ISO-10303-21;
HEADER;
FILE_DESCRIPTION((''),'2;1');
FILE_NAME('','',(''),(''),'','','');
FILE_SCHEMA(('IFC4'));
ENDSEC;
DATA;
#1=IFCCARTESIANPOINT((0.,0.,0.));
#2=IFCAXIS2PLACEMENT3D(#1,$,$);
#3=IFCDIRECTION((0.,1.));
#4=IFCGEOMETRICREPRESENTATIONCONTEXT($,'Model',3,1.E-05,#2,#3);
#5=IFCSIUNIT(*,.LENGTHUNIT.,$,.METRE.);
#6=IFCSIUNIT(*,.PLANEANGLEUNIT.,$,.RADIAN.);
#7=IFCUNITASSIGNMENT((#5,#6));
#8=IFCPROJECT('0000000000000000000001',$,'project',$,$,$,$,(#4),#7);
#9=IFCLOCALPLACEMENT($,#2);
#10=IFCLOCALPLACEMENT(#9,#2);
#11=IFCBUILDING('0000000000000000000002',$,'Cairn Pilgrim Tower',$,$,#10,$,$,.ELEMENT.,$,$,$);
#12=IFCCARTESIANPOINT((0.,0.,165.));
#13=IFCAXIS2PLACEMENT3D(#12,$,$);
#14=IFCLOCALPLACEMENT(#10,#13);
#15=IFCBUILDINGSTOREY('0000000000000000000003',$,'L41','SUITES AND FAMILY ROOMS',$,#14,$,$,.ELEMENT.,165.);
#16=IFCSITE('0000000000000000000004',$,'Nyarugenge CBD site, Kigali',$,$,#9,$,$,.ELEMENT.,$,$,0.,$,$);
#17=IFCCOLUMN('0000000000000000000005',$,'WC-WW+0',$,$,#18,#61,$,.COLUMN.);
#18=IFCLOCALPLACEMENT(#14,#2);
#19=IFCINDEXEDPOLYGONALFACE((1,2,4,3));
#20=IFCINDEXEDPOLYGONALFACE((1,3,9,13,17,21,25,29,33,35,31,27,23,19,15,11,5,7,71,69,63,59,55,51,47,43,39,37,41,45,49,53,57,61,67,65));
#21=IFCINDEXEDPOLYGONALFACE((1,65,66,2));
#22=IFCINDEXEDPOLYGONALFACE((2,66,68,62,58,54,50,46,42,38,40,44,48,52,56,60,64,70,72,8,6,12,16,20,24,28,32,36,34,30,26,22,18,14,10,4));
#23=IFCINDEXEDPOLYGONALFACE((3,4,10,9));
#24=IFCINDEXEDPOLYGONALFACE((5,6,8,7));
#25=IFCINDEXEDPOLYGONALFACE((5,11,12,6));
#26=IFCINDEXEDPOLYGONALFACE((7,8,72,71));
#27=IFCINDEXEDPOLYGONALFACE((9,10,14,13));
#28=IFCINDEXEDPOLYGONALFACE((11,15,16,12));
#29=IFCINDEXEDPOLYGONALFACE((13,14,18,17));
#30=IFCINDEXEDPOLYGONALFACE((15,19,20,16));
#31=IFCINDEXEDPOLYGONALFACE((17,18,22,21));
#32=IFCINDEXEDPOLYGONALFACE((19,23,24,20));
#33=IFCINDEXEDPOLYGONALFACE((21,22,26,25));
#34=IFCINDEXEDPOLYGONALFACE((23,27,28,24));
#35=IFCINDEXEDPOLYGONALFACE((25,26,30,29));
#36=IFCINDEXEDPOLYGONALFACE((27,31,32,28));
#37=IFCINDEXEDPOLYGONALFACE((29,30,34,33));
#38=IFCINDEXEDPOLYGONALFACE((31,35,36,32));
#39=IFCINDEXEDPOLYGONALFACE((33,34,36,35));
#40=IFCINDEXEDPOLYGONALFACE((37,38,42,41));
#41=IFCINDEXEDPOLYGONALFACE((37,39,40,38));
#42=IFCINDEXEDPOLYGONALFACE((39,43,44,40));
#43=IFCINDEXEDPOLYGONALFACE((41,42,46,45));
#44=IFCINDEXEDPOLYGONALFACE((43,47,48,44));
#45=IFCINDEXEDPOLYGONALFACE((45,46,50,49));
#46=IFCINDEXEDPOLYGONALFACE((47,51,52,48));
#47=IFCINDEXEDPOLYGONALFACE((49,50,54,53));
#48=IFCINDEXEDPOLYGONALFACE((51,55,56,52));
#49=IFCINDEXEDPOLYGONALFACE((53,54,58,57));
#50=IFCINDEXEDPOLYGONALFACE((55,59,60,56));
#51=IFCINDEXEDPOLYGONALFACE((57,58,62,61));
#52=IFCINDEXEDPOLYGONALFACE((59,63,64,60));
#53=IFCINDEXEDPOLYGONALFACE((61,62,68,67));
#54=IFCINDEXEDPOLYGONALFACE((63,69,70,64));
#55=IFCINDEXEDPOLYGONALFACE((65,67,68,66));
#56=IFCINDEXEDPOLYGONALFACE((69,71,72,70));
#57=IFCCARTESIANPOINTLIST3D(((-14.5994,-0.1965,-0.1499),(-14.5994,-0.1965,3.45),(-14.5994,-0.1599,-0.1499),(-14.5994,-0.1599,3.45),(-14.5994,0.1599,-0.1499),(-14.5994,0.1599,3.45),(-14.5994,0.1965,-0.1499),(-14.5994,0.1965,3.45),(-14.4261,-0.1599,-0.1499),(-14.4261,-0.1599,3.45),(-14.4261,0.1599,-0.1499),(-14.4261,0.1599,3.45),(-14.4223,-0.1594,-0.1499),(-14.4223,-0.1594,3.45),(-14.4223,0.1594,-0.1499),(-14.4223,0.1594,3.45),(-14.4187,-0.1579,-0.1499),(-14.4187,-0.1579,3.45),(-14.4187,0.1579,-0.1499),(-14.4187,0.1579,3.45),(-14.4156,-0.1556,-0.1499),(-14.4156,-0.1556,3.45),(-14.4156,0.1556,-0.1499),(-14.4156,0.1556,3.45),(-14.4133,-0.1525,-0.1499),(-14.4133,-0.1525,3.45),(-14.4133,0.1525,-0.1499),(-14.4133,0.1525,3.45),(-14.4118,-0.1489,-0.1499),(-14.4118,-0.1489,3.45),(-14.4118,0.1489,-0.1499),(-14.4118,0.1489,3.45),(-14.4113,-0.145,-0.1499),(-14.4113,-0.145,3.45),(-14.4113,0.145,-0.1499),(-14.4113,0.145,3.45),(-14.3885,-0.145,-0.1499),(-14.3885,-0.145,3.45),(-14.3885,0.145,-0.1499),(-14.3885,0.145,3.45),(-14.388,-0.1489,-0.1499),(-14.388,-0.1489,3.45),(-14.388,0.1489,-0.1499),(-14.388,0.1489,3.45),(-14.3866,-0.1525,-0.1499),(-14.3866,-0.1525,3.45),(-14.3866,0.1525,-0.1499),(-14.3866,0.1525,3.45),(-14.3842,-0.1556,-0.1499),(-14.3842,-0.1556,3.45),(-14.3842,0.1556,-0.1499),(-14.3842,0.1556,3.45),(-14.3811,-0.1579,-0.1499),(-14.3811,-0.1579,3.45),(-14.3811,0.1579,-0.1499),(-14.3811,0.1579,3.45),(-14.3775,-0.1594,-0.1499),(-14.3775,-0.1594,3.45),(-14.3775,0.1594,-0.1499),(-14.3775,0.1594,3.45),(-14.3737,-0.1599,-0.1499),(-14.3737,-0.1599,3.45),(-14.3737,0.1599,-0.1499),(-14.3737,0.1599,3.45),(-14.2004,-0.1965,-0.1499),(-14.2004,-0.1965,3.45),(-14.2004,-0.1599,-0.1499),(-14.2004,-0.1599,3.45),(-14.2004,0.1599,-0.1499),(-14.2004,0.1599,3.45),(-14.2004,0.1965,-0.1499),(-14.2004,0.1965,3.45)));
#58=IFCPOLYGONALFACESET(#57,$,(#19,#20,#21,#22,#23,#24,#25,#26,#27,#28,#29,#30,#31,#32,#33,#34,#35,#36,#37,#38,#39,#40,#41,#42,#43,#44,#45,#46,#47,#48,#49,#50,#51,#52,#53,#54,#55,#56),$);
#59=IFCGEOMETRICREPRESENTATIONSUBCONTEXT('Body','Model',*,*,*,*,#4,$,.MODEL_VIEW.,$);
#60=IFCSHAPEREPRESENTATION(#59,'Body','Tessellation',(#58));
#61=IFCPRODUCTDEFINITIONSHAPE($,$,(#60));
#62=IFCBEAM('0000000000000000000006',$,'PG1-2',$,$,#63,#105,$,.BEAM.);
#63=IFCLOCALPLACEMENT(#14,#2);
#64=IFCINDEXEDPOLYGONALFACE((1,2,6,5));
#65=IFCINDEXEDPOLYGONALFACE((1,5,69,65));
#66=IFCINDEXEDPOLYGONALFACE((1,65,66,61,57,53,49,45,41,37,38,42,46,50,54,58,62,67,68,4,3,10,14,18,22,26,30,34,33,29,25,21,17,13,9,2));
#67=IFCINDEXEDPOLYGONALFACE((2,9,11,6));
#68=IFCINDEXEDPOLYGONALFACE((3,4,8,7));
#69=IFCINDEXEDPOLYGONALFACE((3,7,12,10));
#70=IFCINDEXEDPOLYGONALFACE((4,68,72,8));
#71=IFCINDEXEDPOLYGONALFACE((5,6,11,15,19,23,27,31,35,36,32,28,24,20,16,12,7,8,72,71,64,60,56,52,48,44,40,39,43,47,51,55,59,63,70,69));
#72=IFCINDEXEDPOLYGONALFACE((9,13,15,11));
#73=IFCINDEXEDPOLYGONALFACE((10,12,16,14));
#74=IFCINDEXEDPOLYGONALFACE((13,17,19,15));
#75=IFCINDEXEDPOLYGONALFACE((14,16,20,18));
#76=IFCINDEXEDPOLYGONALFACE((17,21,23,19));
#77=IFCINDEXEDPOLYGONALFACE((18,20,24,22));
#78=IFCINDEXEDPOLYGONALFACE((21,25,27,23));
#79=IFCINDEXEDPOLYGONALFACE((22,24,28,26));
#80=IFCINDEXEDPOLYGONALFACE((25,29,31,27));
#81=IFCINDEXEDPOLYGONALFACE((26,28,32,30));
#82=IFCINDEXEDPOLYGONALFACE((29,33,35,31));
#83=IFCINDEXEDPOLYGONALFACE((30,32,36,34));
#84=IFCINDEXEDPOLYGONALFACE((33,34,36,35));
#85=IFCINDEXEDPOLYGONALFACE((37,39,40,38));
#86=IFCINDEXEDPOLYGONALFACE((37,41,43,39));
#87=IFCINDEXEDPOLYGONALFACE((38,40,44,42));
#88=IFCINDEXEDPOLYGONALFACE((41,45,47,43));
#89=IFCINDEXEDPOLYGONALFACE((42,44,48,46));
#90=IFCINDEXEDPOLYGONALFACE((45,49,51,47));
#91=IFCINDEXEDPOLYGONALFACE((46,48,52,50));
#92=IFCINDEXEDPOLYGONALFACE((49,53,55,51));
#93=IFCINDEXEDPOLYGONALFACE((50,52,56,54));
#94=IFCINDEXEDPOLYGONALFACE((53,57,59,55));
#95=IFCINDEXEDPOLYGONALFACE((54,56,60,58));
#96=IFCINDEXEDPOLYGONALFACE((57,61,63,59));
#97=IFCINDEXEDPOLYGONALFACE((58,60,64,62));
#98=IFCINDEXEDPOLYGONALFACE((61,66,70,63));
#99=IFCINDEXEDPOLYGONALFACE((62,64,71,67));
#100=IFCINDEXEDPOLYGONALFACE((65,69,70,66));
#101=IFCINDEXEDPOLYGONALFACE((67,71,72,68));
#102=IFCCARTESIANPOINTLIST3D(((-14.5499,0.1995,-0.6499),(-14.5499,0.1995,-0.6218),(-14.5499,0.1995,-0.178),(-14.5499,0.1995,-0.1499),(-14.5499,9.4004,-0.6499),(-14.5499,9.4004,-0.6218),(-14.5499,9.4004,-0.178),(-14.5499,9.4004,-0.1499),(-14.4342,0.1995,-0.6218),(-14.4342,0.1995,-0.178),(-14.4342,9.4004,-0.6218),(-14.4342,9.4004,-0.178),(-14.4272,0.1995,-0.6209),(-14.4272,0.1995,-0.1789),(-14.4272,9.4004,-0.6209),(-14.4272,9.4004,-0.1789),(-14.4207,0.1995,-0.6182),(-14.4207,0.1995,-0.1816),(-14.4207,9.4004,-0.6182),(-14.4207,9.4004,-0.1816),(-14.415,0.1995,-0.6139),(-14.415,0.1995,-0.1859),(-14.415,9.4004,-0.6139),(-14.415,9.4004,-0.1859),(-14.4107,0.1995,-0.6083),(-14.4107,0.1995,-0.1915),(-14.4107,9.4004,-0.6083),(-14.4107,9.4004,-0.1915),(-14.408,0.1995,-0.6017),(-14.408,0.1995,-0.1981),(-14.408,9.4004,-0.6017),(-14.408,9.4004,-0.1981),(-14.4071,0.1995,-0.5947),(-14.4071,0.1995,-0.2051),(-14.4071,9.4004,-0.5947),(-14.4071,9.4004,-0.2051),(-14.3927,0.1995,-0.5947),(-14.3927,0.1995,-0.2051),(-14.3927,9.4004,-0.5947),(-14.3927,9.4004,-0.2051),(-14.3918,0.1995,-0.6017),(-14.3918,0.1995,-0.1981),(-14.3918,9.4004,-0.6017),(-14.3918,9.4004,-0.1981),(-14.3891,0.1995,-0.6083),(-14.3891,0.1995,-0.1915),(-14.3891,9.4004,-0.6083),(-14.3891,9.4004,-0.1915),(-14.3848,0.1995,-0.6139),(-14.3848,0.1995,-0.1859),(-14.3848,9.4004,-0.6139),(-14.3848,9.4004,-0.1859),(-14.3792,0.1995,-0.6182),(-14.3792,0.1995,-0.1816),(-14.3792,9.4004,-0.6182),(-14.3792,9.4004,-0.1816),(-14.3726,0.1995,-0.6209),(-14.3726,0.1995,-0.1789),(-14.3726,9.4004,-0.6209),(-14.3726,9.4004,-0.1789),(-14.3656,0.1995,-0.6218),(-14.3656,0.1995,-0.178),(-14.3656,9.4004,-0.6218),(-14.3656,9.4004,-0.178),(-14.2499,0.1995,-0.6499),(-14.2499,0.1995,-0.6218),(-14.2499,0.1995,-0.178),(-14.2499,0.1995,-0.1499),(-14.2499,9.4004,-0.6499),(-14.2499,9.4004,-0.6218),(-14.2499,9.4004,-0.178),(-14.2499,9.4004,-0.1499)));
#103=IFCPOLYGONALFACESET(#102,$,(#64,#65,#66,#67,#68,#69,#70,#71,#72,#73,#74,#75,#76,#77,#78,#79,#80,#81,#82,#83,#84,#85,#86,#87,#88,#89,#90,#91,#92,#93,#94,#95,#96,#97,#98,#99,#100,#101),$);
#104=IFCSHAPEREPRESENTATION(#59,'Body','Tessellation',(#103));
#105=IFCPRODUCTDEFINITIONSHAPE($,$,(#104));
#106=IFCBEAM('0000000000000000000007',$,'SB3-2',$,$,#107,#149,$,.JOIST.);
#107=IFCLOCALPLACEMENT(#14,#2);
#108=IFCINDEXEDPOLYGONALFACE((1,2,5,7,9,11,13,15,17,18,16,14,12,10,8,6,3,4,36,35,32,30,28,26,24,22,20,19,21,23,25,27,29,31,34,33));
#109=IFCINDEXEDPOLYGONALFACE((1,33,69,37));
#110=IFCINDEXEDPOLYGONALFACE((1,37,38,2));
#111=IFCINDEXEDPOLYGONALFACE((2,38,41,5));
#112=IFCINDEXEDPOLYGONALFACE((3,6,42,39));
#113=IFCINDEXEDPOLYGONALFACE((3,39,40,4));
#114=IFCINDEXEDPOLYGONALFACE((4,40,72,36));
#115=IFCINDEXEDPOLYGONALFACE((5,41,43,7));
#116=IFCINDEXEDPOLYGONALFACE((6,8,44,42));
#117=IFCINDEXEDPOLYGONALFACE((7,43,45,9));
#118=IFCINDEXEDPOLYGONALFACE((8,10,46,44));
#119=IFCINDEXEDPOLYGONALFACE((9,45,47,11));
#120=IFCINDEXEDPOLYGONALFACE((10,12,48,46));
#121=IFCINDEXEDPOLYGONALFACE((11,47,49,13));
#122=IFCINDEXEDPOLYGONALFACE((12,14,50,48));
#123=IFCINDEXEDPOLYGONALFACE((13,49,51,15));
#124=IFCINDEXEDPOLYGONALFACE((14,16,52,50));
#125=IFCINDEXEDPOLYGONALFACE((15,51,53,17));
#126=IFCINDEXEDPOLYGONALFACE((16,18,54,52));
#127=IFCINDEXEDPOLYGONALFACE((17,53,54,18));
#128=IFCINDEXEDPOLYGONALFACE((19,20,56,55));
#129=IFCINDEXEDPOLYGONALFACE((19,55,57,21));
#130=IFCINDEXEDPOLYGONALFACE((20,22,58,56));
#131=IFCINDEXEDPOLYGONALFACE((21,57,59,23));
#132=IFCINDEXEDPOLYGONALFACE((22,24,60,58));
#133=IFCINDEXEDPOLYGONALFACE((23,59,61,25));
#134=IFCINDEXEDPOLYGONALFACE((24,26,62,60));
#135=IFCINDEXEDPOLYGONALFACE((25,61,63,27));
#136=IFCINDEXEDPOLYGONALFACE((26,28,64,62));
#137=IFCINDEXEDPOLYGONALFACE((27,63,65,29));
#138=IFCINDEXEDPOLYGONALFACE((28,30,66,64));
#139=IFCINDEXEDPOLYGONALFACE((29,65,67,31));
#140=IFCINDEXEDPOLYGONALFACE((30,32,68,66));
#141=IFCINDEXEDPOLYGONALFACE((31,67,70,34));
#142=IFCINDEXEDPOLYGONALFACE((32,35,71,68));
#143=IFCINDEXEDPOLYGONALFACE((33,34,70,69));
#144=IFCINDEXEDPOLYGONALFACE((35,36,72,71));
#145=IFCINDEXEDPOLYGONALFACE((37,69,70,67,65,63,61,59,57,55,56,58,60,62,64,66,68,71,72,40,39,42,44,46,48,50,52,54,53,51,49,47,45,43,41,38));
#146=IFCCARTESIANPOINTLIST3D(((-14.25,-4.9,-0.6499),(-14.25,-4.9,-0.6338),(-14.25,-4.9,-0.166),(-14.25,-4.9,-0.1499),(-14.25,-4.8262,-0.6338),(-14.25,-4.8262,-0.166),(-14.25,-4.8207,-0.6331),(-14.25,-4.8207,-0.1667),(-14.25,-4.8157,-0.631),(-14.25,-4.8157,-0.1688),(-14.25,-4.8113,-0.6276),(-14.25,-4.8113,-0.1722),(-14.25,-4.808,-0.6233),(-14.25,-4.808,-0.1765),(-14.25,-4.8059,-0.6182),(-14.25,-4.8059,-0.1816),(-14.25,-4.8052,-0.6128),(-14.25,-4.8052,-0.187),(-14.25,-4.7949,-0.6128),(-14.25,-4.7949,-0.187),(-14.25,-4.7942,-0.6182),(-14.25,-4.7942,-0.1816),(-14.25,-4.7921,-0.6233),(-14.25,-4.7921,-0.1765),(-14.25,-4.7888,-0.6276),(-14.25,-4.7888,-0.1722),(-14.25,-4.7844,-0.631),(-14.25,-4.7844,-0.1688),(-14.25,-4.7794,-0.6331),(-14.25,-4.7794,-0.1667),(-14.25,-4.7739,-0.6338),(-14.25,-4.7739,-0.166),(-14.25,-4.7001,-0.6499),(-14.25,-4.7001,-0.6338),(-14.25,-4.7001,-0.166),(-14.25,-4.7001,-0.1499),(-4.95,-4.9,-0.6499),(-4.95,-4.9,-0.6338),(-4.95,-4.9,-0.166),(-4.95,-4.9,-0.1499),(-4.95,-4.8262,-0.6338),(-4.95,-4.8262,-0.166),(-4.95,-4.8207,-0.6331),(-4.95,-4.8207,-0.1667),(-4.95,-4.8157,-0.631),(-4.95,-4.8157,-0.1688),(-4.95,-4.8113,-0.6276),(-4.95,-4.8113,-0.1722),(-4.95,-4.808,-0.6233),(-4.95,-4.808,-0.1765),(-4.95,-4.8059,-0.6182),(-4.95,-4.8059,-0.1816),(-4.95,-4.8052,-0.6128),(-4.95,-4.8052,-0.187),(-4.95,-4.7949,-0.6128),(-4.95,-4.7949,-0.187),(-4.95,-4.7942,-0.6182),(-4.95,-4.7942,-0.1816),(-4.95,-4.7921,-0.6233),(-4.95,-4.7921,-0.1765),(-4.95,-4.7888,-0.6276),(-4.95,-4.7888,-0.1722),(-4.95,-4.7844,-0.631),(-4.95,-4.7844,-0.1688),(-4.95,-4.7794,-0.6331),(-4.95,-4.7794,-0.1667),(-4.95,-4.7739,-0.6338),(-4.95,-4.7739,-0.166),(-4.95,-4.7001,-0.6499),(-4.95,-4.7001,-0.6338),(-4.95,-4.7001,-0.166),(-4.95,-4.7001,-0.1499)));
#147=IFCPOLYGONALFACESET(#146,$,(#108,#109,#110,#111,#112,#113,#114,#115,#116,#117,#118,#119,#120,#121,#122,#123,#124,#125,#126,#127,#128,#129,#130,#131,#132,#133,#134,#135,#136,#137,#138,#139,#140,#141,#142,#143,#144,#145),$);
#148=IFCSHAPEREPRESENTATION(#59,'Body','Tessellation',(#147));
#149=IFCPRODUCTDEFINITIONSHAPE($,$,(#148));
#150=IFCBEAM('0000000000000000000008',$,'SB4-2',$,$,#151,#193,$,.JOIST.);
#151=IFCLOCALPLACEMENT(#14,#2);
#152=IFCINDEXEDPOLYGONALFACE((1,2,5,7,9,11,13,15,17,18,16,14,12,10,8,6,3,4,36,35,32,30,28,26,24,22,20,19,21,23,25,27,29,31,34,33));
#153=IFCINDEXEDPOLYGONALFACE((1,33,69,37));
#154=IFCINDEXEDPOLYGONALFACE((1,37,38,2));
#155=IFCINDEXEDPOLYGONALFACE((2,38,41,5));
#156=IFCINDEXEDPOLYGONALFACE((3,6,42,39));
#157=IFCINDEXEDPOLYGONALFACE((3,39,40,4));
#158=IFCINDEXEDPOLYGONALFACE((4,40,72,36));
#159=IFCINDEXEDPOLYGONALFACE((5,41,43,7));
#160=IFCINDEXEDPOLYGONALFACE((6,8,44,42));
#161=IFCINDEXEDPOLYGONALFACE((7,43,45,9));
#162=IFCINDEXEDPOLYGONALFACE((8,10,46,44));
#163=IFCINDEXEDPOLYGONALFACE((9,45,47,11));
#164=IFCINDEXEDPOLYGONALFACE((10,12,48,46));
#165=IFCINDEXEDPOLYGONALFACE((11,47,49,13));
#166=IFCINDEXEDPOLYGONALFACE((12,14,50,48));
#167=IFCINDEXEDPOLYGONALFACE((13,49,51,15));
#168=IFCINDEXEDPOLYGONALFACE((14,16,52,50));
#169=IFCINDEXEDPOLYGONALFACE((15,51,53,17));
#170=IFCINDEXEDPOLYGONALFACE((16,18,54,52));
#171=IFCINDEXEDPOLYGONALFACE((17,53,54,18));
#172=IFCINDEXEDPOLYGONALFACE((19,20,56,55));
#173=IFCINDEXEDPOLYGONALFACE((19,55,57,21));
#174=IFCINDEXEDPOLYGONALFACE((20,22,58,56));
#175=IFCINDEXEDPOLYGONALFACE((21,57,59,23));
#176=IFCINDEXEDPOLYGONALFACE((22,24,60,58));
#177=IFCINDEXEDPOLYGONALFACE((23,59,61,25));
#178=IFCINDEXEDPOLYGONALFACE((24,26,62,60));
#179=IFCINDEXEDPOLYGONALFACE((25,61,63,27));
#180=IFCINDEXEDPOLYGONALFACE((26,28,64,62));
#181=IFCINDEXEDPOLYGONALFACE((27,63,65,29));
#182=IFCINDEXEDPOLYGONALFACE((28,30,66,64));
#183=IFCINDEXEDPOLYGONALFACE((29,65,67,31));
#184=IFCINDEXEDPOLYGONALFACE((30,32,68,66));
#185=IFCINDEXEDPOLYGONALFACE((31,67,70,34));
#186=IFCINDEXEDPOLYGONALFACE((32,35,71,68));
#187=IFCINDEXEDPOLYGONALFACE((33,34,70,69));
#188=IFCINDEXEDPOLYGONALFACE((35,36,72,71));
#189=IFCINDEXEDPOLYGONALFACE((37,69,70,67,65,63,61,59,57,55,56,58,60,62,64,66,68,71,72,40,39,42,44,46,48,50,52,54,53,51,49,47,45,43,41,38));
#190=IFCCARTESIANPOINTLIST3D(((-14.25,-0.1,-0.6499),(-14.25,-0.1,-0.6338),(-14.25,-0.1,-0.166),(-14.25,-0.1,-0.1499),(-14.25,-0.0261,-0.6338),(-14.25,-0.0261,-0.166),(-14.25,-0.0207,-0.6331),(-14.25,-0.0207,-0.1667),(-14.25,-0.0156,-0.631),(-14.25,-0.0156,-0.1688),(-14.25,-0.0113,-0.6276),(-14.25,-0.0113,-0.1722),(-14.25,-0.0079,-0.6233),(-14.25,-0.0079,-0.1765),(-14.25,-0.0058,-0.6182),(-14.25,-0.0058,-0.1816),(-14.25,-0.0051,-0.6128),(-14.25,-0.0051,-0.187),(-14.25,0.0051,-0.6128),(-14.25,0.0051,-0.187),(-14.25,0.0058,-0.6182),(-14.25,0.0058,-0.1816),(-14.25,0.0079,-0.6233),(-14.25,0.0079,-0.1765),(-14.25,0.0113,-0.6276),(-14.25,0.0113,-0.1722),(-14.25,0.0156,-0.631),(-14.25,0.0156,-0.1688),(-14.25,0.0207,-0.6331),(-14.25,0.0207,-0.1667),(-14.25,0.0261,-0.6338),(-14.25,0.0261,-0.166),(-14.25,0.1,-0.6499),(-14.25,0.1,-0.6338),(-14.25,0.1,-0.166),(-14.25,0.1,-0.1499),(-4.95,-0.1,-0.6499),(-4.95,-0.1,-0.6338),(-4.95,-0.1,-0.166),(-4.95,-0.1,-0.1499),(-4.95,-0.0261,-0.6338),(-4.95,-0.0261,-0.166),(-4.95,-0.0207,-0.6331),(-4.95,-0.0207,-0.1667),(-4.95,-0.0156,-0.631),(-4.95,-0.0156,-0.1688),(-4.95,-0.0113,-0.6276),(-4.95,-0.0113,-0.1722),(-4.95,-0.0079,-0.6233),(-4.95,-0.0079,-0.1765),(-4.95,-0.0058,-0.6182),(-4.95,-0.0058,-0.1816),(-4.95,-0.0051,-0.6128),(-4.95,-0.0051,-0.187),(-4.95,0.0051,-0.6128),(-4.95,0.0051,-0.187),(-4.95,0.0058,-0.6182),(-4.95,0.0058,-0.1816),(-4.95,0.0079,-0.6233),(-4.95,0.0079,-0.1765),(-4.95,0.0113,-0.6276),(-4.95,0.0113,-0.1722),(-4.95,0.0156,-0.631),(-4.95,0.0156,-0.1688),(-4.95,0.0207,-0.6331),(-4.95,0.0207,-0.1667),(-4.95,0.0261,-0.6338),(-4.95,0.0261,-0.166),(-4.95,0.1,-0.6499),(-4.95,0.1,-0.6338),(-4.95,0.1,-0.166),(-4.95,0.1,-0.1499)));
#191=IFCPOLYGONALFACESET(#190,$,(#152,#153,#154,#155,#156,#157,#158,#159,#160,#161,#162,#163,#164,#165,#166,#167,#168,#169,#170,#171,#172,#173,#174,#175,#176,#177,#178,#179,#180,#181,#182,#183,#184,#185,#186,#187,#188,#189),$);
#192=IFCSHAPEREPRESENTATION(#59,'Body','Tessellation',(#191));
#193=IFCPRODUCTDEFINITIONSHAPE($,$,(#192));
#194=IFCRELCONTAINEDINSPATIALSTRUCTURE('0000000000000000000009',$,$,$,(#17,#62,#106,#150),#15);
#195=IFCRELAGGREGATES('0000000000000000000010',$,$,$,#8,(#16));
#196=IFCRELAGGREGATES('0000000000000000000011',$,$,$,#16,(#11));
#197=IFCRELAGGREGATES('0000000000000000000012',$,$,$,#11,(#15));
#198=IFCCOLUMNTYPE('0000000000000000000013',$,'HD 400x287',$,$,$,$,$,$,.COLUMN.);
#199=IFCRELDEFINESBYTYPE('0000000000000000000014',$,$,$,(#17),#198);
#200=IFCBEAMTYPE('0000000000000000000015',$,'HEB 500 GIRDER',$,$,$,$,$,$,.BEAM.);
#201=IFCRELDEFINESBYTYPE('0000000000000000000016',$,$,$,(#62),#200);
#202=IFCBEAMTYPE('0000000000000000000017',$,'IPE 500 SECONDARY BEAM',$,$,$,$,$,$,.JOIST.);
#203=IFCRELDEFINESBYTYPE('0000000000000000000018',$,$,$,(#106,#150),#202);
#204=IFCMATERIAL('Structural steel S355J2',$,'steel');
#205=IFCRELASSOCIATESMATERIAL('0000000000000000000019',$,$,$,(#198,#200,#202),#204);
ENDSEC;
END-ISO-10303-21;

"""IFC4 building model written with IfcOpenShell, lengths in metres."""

from ifc_helpers import new_model, si_unit, direction, frame, origin, origin_2d, place, context, subcontext, project, spatial, i_section, extrude, material, material_profile, profile_set, type_object, element, save


model = new_model("IFC4")

# Units and contexts
model_context = context("Model", 3, precision=1e-05, world=origin(), true_north=direction((0.0, 1.0)))
body_context = subcontext(model_context, "Body", "Model", "MODEL_VIEW")
ifc_project = project(units=[si_unit("LENGTHUNIT", "METRE"), si_unit("PLANEANGLEUNIT", "RADIAN")], contexts=[model_context])

# Site, building, storey
site_placement = place(None, origin())
site = spatial("IfcSite", under=ifc_project, at=site_placement, Name="Nyarugenge CBD site, Kigali", CompositionType="ELEMENT", RefElevation=0.0)
building_placement = place(site_placement, origin())
building = spatial("IfcBuilding", under=site, at=building_placement, Name="Cairn Pilgrim Tower", CompositionType="ELEMENT")
storey_placement = place(building_placement, frame((0.0, 0.0, 165.0)))
storey = spatial("IfcBuildingStorey", under=building, at=storey_placement, Name="L41", Description="SUITES AND FAMILY ROOMS", CompositionType="ELEMENT", Elevation=165.0)

# Column
ifc_material_1 = material(Name="Structural steel S355J2", Category="steel")
ifc_material_profile_1 = material_profile(ifc_material_1, i_section(OverallWidth=0.3989, OverallDepth=0.3931, WebThickness=0.0227, FlangeThickness=0.0366, FilletRadius=0.0149, at=origin_2d()), Name="HD 400x287")
ifc_profile_set_1 = profile_set([ifc_material_profile_1], Name="Structural steel S355J2")
column_type = type_object("IfcColumnType", Name="HD 400x287", PredefinedType="COLUMN", material=ifc_profile_set_1)
column_placement = place(storey_placement, frame((-14.3999, 0.0, -0.1499), z_axis=(0.0, 0.0, 1.0), x_axis=(1.0, 0.0, 0.0)))
element("IfcColumn", 1, at=column_placement, inside=storey, type_object=column_type, Name="WC-WW+0", PredefinedType="COLUMN", context=body_context, shape_type="SweptSolid", body=[
    extrude(i_section(OverallWidth=0.3989, OverallDepth=0.3931, WebThickness=0.0227, FlangeThickness=0.0366, FilletRadius=0.0149, at=origin_2d()), origin(), (0.0, 0.0, 1.0), 3.5999),
])

# Beams
ifc_material_profile_2 = material_profile(ifc_material_1, i_section(OverallWidth=0.3, OverallDepth=0.5, WebThickness=0.0144, FlangeThickness=0.0281, FilletRadius=0.0271, at=origin_2d()), Name="HEB 500")
ifc_profile_set_2 = profile_set([ifc_material_profile_2], Name="Structural steel S355J2")
beam_type_1 = type_object("IfcBeamType", Name="HEB 500 GIRDER", PredefinedType="BEAM", material=ifc_profile_set_2)
beam_placement = place(storey_placement, frame((-14.3999, 0.1995, -0.3999), z_axis=(0.0, 1.0, 0.0), x_axis=(-1.0, 0.0, 0.0)))
element("IfcBeam", 2, at=beam_placement, inside=storey, type_object=beam_type_1, Name="PG1-2", PredefinedType="BEAM", context=body_context, shape_type="SweptSolid", body=[
    extrude(i_section(OverallWidth=0.3, OverallDepth=0.5, WebThickness=0.0144, FlangeThickness=0.0281, FilletRadius=0.0271, at=origin_2d()), origin(), (0.0, 0.0, 1.0), 9.2009),
])
ifc_material_profile_3 = material_profile(ifc_material_1, i_section(OverallWidth=0.2, OverallDepth=0.5, WebThickness=0.0103, FlangeThickness=0.0161, FilletRadius=0.021, at=origin_2d()), Name="IPE 500")
ifc_profile_set_3 = profile_set([ifc_material_profile_3], Name="Structural steel S355J2")
beam_type_2 = type_object("IfcBeamType", Name="IPE 500 SECONDARY BEAM", PredefinedType="JOIST", material=ifc_profile_set_3)
for number, where, z_axis, x_axis, name in (
    (3, (-14.25, -4.8, -0.3999), (1.0, 0.0, 0.0), (0.0, 1.0, 0.0), "SB3-2"),
    (4, (-14.25, 0.0, -0.3999), (1.0, 0.0, 0.0), (0.0, 1.0, 0.0), "SB4-2"),
):
    element("IfcBeam", number, at=place(storey_placement, frame(where, z_axis=z_axis, x_axis=x_axis)), inside=storey, type_object=beam_type_2, Name=name, PredefinedType="JOIST", context=body_context, shape_type="SweptSolid", body=[
        extrude(i_section(OverallWidth=0.2, OverallDepth=0.5, WebThickness=0.0103, FlangeThickness=0.0161, FilletRadius=0.021, at=origin_2d()), origin(), (0.0, 0.0, 1.0), 9.3),
    ])

save(model, "model.ifc")
